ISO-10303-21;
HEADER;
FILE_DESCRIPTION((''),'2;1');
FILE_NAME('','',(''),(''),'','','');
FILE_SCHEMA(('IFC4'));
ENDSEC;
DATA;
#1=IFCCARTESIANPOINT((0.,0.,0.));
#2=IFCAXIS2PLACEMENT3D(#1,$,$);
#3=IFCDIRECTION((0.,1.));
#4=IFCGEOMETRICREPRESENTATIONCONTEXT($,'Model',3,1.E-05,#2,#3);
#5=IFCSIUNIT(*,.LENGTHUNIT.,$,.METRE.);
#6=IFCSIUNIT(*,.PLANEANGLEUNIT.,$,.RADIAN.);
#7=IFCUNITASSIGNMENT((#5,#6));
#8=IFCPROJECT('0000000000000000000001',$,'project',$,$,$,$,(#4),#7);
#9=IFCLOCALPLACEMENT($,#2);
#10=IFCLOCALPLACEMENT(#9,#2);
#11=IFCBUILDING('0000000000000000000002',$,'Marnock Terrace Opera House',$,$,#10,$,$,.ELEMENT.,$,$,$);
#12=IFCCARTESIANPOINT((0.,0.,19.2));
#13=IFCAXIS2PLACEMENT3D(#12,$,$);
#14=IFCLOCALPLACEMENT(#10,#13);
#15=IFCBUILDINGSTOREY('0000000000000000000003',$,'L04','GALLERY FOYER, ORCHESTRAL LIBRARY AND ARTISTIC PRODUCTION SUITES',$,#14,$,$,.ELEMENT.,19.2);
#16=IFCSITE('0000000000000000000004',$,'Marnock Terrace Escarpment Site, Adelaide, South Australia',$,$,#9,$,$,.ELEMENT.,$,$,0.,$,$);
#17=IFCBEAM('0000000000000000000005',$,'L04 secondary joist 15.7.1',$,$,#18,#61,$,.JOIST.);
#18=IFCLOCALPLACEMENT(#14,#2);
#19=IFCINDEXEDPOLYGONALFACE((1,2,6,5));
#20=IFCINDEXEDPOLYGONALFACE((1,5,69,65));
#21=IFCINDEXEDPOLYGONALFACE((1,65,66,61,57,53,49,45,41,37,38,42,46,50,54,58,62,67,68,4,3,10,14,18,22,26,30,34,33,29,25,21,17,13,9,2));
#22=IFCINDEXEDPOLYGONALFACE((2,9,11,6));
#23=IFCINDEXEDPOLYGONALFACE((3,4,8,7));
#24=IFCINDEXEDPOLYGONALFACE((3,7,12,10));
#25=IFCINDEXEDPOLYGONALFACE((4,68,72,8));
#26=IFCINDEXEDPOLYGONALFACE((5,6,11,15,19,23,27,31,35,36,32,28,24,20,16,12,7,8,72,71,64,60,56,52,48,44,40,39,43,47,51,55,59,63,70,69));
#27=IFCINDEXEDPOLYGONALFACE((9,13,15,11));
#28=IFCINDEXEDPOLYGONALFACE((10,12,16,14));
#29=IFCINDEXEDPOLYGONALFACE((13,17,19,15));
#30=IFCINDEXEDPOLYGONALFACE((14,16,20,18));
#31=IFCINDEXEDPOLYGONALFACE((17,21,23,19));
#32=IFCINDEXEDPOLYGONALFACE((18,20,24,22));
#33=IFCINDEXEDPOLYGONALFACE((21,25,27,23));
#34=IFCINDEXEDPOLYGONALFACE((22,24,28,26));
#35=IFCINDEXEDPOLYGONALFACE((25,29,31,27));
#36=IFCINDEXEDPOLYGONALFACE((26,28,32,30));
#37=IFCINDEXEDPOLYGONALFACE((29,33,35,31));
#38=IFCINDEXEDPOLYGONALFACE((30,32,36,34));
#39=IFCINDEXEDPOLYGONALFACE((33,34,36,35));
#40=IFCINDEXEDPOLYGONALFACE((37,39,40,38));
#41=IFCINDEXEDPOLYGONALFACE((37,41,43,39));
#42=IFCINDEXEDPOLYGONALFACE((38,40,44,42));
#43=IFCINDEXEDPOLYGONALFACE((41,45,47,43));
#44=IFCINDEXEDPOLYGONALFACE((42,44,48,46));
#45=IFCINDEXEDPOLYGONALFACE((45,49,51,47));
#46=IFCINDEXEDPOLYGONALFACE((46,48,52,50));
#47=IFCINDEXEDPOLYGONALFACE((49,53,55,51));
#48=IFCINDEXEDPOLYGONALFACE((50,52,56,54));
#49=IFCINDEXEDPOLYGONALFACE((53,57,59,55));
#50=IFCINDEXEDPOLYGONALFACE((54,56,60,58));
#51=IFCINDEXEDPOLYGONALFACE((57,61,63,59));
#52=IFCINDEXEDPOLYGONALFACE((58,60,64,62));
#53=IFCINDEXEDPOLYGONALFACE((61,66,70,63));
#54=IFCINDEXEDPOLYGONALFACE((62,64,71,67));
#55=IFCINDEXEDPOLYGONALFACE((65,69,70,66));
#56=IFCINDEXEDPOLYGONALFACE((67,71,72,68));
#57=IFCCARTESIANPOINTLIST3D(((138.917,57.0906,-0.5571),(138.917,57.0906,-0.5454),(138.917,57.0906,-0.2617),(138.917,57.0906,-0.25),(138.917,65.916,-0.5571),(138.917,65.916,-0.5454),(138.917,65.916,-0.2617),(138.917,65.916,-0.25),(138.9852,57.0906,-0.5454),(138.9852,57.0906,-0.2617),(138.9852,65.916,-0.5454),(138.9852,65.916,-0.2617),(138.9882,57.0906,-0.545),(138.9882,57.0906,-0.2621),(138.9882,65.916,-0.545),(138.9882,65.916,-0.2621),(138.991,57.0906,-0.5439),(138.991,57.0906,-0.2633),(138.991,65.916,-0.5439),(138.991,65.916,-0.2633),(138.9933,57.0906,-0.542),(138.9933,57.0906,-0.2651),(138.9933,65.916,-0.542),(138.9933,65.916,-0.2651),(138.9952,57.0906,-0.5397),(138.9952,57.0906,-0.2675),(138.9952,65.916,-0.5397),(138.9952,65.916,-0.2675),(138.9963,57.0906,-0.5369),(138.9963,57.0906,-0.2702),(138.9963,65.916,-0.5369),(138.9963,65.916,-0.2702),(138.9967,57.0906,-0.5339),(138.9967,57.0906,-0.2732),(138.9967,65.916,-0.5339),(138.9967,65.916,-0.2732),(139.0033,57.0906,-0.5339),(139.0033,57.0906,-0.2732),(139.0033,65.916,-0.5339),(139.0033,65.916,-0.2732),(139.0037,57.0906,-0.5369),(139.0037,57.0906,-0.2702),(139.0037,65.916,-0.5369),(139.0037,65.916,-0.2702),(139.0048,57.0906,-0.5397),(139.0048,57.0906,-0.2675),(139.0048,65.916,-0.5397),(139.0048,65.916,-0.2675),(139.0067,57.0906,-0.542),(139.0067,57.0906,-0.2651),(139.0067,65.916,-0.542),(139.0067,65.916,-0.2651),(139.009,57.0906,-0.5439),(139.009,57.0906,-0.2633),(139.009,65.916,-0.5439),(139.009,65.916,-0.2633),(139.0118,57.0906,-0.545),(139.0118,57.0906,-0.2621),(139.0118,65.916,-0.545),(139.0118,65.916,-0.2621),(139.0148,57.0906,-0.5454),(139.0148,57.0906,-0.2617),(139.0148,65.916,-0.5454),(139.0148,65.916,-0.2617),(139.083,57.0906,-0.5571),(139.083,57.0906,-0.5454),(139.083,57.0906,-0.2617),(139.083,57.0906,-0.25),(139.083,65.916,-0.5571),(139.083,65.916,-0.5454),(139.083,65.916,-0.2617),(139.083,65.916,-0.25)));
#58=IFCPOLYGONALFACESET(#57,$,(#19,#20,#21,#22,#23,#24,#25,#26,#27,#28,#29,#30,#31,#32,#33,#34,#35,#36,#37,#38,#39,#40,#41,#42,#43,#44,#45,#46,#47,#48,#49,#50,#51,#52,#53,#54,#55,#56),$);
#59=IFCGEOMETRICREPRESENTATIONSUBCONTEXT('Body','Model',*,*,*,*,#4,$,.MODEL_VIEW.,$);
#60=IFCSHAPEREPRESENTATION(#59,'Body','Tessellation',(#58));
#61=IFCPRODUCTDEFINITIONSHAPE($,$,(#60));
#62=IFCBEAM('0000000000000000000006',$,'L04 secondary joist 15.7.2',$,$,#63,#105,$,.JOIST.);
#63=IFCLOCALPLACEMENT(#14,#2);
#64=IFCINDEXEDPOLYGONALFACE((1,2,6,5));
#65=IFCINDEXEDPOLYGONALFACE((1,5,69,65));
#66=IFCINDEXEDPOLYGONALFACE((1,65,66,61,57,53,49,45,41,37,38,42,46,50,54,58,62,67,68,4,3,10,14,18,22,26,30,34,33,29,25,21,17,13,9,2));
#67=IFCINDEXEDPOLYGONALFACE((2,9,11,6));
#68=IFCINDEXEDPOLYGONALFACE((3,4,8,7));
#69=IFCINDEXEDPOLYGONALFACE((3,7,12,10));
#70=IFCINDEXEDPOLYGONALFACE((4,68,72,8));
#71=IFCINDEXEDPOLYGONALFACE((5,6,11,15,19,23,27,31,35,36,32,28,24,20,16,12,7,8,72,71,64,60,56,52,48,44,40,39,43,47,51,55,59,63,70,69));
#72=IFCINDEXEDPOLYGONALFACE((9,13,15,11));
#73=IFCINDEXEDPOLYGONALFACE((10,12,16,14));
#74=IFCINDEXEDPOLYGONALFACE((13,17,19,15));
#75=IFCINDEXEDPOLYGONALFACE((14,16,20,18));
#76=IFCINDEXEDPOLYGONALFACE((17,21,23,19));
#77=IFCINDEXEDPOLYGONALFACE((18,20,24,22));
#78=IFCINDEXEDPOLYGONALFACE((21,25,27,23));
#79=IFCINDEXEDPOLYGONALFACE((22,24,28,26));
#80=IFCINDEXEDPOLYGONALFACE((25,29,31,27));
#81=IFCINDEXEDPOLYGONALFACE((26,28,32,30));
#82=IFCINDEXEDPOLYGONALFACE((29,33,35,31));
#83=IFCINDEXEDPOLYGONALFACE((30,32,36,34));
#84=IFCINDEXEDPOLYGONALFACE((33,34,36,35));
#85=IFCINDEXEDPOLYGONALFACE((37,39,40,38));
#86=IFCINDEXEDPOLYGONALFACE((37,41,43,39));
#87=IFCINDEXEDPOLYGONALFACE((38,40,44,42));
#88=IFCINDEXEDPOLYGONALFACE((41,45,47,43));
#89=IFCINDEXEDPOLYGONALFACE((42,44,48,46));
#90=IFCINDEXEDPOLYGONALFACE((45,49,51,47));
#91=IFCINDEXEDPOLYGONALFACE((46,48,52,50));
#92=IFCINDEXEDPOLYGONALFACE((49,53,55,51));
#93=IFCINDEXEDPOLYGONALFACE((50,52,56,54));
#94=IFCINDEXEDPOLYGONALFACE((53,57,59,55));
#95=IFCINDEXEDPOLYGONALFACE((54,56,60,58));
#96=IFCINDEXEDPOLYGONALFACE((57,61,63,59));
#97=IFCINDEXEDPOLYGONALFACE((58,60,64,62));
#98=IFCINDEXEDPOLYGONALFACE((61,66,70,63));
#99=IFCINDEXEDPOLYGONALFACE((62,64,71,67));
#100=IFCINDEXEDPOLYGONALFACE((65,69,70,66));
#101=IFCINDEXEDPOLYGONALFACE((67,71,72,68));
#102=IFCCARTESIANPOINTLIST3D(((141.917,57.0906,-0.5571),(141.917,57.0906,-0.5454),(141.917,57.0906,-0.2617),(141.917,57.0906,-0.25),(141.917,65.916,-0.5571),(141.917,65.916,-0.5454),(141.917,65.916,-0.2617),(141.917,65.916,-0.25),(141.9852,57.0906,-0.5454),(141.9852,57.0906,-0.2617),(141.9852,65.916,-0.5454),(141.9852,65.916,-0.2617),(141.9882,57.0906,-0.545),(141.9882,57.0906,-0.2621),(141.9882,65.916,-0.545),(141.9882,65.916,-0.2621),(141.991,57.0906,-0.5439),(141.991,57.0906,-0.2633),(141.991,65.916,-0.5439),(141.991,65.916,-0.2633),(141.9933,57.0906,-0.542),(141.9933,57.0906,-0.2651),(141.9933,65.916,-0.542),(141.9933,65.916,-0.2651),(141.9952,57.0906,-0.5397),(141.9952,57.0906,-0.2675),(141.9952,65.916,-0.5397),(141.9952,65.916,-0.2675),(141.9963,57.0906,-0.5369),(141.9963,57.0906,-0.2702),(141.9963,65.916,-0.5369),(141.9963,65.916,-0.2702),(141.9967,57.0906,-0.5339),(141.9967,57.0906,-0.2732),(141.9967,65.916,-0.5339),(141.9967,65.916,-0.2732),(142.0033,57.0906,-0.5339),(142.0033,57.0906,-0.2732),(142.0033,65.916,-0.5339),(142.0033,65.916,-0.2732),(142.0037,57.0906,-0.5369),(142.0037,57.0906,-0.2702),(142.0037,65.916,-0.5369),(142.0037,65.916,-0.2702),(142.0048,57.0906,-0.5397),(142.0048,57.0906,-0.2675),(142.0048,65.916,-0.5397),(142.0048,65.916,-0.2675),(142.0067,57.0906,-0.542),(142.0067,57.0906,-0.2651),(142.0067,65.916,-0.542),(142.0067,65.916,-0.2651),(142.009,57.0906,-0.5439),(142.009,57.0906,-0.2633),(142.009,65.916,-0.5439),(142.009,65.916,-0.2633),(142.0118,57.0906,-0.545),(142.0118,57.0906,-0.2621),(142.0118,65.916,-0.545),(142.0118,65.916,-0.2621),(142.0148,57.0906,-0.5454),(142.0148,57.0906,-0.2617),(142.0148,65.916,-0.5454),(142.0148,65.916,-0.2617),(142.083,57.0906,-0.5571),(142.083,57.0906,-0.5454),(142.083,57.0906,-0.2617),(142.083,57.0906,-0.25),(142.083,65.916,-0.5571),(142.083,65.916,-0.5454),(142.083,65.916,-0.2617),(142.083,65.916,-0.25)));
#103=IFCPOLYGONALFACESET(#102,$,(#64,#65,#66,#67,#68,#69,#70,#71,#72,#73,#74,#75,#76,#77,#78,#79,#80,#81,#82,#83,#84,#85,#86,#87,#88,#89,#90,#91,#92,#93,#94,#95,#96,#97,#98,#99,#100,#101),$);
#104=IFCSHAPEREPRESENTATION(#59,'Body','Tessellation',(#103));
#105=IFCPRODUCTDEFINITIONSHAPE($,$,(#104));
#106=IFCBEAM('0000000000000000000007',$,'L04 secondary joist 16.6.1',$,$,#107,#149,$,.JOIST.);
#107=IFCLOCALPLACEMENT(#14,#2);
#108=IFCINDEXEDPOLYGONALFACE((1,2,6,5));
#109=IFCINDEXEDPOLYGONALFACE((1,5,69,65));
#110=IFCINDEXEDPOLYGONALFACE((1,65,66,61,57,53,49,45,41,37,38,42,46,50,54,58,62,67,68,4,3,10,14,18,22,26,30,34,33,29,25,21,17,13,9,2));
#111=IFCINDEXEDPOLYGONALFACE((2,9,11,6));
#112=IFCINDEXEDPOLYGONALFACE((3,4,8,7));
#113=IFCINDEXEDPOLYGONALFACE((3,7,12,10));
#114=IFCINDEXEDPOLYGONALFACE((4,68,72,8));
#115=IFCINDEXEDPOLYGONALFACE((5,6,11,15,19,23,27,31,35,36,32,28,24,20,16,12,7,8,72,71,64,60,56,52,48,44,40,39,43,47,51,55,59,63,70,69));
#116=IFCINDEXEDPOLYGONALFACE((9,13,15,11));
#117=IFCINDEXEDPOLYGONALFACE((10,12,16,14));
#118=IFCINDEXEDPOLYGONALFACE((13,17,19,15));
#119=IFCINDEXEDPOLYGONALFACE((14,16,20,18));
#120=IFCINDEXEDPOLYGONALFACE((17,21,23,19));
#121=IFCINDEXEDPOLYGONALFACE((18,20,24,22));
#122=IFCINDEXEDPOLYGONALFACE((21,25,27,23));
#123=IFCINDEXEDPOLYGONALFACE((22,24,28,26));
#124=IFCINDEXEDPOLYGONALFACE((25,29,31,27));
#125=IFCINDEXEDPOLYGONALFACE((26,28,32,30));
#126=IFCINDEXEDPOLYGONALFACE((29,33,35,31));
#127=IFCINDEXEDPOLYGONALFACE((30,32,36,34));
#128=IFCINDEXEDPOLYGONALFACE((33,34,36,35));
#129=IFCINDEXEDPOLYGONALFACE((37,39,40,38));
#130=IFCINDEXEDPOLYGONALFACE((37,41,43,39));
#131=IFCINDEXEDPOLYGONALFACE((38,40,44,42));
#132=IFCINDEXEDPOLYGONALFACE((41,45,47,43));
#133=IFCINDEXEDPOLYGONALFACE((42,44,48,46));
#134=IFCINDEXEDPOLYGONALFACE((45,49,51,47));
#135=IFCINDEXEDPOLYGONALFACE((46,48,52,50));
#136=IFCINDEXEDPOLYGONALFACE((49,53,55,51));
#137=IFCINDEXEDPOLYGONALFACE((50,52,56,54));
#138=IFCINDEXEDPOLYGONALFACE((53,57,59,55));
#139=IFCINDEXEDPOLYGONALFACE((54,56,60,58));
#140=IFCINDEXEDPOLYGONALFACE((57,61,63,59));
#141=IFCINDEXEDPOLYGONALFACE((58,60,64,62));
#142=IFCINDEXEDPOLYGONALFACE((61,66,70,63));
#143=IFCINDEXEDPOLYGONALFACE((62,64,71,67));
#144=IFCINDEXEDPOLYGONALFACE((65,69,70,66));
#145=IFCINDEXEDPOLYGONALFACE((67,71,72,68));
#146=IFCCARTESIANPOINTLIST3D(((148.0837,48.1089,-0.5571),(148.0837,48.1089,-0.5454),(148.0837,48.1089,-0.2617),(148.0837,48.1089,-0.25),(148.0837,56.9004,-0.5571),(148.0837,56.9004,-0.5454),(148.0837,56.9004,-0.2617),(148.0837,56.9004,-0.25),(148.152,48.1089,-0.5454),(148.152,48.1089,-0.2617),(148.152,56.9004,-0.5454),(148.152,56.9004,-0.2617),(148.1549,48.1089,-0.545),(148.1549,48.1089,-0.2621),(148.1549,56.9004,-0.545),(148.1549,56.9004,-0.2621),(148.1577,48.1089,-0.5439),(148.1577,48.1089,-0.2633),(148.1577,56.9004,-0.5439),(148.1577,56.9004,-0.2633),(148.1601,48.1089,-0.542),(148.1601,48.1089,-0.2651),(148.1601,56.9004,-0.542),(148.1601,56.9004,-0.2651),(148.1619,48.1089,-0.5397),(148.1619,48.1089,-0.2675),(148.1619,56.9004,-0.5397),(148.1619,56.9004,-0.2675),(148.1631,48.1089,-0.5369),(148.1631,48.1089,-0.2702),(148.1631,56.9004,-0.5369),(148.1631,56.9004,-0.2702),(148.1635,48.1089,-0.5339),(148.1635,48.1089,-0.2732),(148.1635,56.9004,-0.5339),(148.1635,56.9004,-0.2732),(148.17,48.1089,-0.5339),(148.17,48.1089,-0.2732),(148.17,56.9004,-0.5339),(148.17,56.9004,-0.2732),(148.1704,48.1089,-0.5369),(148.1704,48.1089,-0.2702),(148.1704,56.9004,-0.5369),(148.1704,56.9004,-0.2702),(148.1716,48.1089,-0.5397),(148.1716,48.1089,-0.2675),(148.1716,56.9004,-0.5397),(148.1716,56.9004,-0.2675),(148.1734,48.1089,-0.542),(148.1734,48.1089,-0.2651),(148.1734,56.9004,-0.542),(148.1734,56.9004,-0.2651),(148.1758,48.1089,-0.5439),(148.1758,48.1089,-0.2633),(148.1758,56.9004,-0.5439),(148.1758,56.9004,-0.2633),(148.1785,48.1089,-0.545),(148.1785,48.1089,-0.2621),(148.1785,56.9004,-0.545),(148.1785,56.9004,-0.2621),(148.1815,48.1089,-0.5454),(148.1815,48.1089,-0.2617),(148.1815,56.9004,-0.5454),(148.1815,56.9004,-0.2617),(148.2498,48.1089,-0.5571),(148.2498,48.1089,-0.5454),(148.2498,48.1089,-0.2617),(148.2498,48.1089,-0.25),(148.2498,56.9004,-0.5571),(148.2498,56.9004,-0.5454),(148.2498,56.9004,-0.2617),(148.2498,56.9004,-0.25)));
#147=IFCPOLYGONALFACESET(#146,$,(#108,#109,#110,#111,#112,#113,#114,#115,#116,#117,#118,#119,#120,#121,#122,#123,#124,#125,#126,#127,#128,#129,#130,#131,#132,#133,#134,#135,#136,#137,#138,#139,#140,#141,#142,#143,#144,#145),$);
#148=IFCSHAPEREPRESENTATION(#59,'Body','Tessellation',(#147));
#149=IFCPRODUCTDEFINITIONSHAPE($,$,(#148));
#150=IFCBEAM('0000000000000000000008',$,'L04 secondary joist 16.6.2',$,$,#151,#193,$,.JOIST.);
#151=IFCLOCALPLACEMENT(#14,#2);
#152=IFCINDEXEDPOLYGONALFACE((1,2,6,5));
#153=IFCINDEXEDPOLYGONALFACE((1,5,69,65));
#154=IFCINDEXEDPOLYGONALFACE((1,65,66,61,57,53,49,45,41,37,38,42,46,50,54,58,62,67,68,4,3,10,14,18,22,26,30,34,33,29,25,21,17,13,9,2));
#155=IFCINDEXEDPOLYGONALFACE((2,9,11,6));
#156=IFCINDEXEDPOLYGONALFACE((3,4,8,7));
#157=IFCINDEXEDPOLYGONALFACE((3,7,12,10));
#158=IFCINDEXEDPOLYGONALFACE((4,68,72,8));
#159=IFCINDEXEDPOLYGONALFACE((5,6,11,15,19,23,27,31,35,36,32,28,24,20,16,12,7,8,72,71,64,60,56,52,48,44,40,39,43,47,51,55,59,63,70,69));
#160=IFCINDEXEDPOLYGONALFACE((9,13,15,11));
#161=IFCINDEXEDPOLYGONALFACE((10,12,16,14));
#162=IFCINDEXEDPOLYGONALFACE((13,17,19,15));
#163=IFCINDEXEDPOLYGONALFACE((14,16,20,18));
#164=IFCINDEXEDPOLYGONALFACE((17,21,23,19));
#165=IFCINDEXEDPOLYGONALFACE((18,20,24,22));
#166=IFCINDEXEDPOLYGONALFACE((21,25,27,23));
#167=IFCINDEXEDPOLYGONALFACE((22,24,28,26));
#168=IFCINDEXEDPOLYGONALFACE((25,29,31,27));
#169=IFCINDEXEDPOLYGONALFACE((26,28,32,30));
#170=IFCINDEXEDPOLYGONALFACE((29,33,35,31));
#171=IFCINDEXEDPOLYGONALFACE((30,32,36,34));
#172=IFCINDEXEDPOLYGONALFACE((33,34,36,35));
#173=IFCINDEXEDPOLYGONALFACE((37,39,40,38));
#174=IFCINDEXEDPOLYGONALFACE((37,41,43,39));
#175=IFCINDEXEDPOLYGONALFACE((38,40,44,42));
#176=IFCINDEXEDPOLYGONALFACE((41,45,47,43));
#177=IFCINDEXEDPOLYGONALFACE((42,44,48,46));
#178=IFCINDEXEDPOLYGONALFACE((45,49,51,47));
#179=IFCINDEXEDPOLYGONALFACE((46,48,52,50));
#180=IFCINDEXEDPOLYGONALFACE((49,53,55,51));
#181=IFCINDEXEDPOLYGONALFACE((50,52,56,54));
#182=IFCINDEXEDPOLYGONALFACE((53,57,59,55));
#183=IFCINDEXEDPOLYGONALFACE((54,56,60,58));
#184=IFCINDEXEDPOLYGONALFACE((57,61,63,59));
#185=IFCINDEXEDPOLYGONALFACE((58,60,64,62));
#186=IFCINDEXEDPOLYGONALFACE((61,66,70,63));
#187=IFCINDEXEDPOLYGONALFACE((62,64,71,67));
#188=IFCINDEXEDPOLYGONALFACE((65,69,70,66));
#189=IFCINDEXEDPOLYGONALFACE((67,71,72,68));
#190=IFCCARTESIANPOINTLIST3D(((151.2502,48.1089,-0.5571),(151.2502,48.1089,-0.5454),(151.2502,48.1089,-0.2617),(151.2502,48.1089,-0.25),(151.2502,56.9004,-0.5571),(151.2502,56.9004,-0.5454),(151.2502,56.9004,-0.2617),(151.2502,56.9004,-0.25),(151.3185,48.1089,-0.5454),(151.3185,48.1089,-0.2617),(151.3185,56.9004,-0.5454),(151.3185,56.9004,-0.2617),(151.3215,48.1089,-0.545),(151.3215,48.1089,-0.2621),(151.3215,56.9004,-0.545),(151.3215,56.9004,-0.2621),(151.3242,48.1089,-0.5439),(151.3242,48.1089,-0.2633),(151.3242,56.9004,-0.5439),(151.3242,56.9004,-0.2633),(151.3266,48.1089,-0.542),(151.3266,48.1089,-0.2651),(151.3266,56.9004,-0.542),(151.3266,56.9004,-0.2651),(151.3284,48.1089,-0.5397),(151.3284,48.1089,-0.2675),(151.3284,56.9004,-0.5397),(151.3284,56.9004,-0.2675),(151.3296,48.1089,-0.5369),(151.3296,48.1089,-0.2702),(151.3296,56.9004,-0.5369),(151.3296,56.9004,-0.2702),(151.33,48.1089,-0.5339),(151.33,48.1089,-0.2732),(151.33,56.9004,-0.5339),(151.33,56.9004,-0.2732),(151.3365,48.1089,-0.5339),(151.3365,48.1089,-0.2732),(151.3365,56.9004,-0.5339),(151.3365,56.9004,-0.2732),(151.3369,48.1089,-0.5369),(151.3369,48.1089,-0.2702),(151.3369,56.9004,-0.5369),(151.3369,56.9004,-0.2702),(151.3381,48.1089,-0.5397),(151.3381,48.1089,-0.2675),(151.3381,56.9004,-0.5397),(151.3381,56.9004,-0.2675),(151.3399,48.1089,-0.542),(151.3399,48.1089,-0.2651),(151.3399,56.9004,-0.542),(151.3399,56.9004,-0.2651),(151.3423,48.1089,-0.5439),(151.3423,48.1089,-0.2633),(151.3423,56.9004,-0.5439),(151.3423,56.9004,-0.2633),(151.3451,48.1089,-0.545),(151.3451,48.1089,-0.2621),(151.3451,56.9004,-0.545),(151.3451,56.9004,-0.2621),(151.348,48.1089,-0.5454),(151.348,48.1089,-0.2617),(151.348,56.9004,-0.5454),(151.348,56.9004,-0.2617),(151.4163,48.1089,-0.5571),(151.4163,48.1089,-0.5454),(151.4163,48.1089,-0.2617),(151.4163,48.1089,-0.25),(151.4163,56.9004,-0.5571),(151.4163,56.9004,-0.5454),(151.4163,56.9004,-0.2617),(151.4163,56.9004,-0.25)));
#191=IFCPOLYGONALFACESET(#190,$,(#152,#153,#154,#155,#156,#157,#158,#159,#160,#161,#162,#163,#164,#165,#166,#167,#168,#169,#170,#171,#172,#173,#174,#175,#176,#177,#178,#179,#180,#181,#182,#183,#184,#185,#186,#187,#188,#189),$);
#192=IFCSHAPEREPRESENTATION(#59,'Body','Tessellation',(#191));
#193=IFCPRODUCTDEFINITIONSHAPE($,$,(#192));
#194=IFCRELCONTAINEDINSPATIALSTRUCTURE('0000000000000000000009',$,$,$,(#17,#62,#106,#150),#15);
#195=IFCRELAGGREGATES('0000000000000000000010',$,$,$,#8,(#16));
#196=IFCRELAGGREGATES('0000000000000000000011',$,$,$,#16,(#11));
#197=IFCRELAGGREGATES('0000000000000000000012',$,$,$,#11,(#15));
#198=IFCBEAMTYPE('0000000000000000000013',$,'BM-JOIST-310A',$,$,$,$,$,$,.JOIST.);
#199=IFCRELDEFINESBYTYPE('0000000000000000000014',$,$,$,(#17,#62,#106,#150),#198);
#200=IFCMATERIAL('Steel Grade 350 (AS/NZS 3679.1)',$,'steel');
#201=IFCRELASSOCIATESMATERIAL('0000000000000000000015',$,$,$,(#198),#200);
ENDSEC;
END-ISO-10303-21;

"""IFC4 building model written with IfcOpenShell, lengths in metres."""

from ifc_helpers import new_model, si_unit, direction, frame, origin, origin_2d, place, context, subcontext, project, spatial, i_section, extrude, material, material_profile, profile_set, type_object, element, save


model = new_model("IFC4")

# Units and contexts
model_context = context("Model", 3, precision=1e-05, world=origin(), true_north=direction((0.0, 1.0)))
body_context = subcontext(model_context, "Body", "Model", "MODEL_VIEW")
ifc_project = project(units=[si_unit("LENGTHUNIT", "METRE"), si_unit("PLANEANGLEUNIT", "RADIAN")], contexts=[model_context])

# Site, building, storey
site_placement = place(None, origin())
site = spatial("IfcSite", under=ifc_project, at=site_placement, Name="Marnock Terrace Escarpment Site, Adelaide, South Australia", CompositionType="ELEMENT", RefElevation=0.0)
building_placement = place(site_placement, origin())
building = spatial("IfcBuilding", under=site, at=building_placement, Name="Marnock Terrace Opera House", CompositionType="ELEMENT")
storey_placement = place(building_placement, frame((0.0, 0.0, 19.2)))
storey = spatial("IfcBuildingStorey", under=building, at=storey_placement, Name="L04", Description="GALLERY FOYER, ORCHESTRAL LIBRARY AND ARTISTIC PRODUCTION SUITES", CompositionType="ELEMENT", Elevation=19.2)

# Beams
ifc_material_1 = material(Name="Steel Grade 350 (AS/NZS 3679.1)", Category="steel")
ifc_material_profile_1 = material_profile(ifc_material_1, i_section(OverallWidth=0.166, OverallDepth=0.3071, WebThickness=0.0066, FlangeThickness=0.0117, FilletRadius=0.0115, at=origin_2d()))
ifc_profile_set_1 = profile_set([ifc_material_profile_1], Name="Steel Grade 350 (AS/NZS 3679.1)")
beam_type_1 = type_object("IfcBeamType", Name="BM-JOIST-310A", PredefinedType="JOIST", material=ifc_profile_set_1)
for number, where, z_axis, x_axis, name in (
    (1, (139.0, 57.0906, -0.4036), (0.0, 1.0, 0.0), (-1.0, 0.0, 0.0), "L04 secondary joist 15.7.1"),
    (2, (142.0, 57.0906, -0.4036), (0.0, 1.0, 0.0), (-1.0, 0.0, 0.0), "L04 secondary joist 15.7.2"),
):
    element("IfcBeam", number, at=place(storey_placement, frame(where, z_axis=z_axis, x_axis=x_axis)), inside=storey, type_object=beam_type_1, Name=name, PredefinedType="JOIST", context=body_context, shape_type="SweptSolid", body=[
        extrude(i_section(OverallWidth=0.166, OverallDepth=0.3071, WebThickness=0.0066, FlangeThickness=0.0117, FilletRadius=0.0115, at=origin_2d()), origin(), (0.0, 0.0, 1.0), 8.8254),
    ])
for number, where, z_axis, x_axis, name in (
    (3, (148.1667, 48.1089, -0.4036), (0.0, 1.0, 0.0), (-1.0, 0.0, 0.0), "L04 secondary joist 16.6.1"),
    (4, (151.3333, 48.1089, -0.4036), (0.0, 1.0, 0.0), (-1.0, 0.0, 0.0), "L04 secondary joist 16.6.2"),
):
    element("IfcBeam", number, at=place(storey_placement, frame(where, z_axis=z_axis, x_axis=x_axis)), inside=storey, type_object=beam_type_1, Name=name, PredefinedType="JOIST", context=body_context, shape_type="SweptSolid", body=[
        extrude(i_section(OverallWidth=0.166, OverallDepth=0.3071, WebThickness=0.0066, FlangeThickness=0.0117, FilletRadius=0.0115, at=origin_2d()), origin(), (0.0, 0.0, 1.0), 8.7915),
    ])

save(model, "model.ifc")
